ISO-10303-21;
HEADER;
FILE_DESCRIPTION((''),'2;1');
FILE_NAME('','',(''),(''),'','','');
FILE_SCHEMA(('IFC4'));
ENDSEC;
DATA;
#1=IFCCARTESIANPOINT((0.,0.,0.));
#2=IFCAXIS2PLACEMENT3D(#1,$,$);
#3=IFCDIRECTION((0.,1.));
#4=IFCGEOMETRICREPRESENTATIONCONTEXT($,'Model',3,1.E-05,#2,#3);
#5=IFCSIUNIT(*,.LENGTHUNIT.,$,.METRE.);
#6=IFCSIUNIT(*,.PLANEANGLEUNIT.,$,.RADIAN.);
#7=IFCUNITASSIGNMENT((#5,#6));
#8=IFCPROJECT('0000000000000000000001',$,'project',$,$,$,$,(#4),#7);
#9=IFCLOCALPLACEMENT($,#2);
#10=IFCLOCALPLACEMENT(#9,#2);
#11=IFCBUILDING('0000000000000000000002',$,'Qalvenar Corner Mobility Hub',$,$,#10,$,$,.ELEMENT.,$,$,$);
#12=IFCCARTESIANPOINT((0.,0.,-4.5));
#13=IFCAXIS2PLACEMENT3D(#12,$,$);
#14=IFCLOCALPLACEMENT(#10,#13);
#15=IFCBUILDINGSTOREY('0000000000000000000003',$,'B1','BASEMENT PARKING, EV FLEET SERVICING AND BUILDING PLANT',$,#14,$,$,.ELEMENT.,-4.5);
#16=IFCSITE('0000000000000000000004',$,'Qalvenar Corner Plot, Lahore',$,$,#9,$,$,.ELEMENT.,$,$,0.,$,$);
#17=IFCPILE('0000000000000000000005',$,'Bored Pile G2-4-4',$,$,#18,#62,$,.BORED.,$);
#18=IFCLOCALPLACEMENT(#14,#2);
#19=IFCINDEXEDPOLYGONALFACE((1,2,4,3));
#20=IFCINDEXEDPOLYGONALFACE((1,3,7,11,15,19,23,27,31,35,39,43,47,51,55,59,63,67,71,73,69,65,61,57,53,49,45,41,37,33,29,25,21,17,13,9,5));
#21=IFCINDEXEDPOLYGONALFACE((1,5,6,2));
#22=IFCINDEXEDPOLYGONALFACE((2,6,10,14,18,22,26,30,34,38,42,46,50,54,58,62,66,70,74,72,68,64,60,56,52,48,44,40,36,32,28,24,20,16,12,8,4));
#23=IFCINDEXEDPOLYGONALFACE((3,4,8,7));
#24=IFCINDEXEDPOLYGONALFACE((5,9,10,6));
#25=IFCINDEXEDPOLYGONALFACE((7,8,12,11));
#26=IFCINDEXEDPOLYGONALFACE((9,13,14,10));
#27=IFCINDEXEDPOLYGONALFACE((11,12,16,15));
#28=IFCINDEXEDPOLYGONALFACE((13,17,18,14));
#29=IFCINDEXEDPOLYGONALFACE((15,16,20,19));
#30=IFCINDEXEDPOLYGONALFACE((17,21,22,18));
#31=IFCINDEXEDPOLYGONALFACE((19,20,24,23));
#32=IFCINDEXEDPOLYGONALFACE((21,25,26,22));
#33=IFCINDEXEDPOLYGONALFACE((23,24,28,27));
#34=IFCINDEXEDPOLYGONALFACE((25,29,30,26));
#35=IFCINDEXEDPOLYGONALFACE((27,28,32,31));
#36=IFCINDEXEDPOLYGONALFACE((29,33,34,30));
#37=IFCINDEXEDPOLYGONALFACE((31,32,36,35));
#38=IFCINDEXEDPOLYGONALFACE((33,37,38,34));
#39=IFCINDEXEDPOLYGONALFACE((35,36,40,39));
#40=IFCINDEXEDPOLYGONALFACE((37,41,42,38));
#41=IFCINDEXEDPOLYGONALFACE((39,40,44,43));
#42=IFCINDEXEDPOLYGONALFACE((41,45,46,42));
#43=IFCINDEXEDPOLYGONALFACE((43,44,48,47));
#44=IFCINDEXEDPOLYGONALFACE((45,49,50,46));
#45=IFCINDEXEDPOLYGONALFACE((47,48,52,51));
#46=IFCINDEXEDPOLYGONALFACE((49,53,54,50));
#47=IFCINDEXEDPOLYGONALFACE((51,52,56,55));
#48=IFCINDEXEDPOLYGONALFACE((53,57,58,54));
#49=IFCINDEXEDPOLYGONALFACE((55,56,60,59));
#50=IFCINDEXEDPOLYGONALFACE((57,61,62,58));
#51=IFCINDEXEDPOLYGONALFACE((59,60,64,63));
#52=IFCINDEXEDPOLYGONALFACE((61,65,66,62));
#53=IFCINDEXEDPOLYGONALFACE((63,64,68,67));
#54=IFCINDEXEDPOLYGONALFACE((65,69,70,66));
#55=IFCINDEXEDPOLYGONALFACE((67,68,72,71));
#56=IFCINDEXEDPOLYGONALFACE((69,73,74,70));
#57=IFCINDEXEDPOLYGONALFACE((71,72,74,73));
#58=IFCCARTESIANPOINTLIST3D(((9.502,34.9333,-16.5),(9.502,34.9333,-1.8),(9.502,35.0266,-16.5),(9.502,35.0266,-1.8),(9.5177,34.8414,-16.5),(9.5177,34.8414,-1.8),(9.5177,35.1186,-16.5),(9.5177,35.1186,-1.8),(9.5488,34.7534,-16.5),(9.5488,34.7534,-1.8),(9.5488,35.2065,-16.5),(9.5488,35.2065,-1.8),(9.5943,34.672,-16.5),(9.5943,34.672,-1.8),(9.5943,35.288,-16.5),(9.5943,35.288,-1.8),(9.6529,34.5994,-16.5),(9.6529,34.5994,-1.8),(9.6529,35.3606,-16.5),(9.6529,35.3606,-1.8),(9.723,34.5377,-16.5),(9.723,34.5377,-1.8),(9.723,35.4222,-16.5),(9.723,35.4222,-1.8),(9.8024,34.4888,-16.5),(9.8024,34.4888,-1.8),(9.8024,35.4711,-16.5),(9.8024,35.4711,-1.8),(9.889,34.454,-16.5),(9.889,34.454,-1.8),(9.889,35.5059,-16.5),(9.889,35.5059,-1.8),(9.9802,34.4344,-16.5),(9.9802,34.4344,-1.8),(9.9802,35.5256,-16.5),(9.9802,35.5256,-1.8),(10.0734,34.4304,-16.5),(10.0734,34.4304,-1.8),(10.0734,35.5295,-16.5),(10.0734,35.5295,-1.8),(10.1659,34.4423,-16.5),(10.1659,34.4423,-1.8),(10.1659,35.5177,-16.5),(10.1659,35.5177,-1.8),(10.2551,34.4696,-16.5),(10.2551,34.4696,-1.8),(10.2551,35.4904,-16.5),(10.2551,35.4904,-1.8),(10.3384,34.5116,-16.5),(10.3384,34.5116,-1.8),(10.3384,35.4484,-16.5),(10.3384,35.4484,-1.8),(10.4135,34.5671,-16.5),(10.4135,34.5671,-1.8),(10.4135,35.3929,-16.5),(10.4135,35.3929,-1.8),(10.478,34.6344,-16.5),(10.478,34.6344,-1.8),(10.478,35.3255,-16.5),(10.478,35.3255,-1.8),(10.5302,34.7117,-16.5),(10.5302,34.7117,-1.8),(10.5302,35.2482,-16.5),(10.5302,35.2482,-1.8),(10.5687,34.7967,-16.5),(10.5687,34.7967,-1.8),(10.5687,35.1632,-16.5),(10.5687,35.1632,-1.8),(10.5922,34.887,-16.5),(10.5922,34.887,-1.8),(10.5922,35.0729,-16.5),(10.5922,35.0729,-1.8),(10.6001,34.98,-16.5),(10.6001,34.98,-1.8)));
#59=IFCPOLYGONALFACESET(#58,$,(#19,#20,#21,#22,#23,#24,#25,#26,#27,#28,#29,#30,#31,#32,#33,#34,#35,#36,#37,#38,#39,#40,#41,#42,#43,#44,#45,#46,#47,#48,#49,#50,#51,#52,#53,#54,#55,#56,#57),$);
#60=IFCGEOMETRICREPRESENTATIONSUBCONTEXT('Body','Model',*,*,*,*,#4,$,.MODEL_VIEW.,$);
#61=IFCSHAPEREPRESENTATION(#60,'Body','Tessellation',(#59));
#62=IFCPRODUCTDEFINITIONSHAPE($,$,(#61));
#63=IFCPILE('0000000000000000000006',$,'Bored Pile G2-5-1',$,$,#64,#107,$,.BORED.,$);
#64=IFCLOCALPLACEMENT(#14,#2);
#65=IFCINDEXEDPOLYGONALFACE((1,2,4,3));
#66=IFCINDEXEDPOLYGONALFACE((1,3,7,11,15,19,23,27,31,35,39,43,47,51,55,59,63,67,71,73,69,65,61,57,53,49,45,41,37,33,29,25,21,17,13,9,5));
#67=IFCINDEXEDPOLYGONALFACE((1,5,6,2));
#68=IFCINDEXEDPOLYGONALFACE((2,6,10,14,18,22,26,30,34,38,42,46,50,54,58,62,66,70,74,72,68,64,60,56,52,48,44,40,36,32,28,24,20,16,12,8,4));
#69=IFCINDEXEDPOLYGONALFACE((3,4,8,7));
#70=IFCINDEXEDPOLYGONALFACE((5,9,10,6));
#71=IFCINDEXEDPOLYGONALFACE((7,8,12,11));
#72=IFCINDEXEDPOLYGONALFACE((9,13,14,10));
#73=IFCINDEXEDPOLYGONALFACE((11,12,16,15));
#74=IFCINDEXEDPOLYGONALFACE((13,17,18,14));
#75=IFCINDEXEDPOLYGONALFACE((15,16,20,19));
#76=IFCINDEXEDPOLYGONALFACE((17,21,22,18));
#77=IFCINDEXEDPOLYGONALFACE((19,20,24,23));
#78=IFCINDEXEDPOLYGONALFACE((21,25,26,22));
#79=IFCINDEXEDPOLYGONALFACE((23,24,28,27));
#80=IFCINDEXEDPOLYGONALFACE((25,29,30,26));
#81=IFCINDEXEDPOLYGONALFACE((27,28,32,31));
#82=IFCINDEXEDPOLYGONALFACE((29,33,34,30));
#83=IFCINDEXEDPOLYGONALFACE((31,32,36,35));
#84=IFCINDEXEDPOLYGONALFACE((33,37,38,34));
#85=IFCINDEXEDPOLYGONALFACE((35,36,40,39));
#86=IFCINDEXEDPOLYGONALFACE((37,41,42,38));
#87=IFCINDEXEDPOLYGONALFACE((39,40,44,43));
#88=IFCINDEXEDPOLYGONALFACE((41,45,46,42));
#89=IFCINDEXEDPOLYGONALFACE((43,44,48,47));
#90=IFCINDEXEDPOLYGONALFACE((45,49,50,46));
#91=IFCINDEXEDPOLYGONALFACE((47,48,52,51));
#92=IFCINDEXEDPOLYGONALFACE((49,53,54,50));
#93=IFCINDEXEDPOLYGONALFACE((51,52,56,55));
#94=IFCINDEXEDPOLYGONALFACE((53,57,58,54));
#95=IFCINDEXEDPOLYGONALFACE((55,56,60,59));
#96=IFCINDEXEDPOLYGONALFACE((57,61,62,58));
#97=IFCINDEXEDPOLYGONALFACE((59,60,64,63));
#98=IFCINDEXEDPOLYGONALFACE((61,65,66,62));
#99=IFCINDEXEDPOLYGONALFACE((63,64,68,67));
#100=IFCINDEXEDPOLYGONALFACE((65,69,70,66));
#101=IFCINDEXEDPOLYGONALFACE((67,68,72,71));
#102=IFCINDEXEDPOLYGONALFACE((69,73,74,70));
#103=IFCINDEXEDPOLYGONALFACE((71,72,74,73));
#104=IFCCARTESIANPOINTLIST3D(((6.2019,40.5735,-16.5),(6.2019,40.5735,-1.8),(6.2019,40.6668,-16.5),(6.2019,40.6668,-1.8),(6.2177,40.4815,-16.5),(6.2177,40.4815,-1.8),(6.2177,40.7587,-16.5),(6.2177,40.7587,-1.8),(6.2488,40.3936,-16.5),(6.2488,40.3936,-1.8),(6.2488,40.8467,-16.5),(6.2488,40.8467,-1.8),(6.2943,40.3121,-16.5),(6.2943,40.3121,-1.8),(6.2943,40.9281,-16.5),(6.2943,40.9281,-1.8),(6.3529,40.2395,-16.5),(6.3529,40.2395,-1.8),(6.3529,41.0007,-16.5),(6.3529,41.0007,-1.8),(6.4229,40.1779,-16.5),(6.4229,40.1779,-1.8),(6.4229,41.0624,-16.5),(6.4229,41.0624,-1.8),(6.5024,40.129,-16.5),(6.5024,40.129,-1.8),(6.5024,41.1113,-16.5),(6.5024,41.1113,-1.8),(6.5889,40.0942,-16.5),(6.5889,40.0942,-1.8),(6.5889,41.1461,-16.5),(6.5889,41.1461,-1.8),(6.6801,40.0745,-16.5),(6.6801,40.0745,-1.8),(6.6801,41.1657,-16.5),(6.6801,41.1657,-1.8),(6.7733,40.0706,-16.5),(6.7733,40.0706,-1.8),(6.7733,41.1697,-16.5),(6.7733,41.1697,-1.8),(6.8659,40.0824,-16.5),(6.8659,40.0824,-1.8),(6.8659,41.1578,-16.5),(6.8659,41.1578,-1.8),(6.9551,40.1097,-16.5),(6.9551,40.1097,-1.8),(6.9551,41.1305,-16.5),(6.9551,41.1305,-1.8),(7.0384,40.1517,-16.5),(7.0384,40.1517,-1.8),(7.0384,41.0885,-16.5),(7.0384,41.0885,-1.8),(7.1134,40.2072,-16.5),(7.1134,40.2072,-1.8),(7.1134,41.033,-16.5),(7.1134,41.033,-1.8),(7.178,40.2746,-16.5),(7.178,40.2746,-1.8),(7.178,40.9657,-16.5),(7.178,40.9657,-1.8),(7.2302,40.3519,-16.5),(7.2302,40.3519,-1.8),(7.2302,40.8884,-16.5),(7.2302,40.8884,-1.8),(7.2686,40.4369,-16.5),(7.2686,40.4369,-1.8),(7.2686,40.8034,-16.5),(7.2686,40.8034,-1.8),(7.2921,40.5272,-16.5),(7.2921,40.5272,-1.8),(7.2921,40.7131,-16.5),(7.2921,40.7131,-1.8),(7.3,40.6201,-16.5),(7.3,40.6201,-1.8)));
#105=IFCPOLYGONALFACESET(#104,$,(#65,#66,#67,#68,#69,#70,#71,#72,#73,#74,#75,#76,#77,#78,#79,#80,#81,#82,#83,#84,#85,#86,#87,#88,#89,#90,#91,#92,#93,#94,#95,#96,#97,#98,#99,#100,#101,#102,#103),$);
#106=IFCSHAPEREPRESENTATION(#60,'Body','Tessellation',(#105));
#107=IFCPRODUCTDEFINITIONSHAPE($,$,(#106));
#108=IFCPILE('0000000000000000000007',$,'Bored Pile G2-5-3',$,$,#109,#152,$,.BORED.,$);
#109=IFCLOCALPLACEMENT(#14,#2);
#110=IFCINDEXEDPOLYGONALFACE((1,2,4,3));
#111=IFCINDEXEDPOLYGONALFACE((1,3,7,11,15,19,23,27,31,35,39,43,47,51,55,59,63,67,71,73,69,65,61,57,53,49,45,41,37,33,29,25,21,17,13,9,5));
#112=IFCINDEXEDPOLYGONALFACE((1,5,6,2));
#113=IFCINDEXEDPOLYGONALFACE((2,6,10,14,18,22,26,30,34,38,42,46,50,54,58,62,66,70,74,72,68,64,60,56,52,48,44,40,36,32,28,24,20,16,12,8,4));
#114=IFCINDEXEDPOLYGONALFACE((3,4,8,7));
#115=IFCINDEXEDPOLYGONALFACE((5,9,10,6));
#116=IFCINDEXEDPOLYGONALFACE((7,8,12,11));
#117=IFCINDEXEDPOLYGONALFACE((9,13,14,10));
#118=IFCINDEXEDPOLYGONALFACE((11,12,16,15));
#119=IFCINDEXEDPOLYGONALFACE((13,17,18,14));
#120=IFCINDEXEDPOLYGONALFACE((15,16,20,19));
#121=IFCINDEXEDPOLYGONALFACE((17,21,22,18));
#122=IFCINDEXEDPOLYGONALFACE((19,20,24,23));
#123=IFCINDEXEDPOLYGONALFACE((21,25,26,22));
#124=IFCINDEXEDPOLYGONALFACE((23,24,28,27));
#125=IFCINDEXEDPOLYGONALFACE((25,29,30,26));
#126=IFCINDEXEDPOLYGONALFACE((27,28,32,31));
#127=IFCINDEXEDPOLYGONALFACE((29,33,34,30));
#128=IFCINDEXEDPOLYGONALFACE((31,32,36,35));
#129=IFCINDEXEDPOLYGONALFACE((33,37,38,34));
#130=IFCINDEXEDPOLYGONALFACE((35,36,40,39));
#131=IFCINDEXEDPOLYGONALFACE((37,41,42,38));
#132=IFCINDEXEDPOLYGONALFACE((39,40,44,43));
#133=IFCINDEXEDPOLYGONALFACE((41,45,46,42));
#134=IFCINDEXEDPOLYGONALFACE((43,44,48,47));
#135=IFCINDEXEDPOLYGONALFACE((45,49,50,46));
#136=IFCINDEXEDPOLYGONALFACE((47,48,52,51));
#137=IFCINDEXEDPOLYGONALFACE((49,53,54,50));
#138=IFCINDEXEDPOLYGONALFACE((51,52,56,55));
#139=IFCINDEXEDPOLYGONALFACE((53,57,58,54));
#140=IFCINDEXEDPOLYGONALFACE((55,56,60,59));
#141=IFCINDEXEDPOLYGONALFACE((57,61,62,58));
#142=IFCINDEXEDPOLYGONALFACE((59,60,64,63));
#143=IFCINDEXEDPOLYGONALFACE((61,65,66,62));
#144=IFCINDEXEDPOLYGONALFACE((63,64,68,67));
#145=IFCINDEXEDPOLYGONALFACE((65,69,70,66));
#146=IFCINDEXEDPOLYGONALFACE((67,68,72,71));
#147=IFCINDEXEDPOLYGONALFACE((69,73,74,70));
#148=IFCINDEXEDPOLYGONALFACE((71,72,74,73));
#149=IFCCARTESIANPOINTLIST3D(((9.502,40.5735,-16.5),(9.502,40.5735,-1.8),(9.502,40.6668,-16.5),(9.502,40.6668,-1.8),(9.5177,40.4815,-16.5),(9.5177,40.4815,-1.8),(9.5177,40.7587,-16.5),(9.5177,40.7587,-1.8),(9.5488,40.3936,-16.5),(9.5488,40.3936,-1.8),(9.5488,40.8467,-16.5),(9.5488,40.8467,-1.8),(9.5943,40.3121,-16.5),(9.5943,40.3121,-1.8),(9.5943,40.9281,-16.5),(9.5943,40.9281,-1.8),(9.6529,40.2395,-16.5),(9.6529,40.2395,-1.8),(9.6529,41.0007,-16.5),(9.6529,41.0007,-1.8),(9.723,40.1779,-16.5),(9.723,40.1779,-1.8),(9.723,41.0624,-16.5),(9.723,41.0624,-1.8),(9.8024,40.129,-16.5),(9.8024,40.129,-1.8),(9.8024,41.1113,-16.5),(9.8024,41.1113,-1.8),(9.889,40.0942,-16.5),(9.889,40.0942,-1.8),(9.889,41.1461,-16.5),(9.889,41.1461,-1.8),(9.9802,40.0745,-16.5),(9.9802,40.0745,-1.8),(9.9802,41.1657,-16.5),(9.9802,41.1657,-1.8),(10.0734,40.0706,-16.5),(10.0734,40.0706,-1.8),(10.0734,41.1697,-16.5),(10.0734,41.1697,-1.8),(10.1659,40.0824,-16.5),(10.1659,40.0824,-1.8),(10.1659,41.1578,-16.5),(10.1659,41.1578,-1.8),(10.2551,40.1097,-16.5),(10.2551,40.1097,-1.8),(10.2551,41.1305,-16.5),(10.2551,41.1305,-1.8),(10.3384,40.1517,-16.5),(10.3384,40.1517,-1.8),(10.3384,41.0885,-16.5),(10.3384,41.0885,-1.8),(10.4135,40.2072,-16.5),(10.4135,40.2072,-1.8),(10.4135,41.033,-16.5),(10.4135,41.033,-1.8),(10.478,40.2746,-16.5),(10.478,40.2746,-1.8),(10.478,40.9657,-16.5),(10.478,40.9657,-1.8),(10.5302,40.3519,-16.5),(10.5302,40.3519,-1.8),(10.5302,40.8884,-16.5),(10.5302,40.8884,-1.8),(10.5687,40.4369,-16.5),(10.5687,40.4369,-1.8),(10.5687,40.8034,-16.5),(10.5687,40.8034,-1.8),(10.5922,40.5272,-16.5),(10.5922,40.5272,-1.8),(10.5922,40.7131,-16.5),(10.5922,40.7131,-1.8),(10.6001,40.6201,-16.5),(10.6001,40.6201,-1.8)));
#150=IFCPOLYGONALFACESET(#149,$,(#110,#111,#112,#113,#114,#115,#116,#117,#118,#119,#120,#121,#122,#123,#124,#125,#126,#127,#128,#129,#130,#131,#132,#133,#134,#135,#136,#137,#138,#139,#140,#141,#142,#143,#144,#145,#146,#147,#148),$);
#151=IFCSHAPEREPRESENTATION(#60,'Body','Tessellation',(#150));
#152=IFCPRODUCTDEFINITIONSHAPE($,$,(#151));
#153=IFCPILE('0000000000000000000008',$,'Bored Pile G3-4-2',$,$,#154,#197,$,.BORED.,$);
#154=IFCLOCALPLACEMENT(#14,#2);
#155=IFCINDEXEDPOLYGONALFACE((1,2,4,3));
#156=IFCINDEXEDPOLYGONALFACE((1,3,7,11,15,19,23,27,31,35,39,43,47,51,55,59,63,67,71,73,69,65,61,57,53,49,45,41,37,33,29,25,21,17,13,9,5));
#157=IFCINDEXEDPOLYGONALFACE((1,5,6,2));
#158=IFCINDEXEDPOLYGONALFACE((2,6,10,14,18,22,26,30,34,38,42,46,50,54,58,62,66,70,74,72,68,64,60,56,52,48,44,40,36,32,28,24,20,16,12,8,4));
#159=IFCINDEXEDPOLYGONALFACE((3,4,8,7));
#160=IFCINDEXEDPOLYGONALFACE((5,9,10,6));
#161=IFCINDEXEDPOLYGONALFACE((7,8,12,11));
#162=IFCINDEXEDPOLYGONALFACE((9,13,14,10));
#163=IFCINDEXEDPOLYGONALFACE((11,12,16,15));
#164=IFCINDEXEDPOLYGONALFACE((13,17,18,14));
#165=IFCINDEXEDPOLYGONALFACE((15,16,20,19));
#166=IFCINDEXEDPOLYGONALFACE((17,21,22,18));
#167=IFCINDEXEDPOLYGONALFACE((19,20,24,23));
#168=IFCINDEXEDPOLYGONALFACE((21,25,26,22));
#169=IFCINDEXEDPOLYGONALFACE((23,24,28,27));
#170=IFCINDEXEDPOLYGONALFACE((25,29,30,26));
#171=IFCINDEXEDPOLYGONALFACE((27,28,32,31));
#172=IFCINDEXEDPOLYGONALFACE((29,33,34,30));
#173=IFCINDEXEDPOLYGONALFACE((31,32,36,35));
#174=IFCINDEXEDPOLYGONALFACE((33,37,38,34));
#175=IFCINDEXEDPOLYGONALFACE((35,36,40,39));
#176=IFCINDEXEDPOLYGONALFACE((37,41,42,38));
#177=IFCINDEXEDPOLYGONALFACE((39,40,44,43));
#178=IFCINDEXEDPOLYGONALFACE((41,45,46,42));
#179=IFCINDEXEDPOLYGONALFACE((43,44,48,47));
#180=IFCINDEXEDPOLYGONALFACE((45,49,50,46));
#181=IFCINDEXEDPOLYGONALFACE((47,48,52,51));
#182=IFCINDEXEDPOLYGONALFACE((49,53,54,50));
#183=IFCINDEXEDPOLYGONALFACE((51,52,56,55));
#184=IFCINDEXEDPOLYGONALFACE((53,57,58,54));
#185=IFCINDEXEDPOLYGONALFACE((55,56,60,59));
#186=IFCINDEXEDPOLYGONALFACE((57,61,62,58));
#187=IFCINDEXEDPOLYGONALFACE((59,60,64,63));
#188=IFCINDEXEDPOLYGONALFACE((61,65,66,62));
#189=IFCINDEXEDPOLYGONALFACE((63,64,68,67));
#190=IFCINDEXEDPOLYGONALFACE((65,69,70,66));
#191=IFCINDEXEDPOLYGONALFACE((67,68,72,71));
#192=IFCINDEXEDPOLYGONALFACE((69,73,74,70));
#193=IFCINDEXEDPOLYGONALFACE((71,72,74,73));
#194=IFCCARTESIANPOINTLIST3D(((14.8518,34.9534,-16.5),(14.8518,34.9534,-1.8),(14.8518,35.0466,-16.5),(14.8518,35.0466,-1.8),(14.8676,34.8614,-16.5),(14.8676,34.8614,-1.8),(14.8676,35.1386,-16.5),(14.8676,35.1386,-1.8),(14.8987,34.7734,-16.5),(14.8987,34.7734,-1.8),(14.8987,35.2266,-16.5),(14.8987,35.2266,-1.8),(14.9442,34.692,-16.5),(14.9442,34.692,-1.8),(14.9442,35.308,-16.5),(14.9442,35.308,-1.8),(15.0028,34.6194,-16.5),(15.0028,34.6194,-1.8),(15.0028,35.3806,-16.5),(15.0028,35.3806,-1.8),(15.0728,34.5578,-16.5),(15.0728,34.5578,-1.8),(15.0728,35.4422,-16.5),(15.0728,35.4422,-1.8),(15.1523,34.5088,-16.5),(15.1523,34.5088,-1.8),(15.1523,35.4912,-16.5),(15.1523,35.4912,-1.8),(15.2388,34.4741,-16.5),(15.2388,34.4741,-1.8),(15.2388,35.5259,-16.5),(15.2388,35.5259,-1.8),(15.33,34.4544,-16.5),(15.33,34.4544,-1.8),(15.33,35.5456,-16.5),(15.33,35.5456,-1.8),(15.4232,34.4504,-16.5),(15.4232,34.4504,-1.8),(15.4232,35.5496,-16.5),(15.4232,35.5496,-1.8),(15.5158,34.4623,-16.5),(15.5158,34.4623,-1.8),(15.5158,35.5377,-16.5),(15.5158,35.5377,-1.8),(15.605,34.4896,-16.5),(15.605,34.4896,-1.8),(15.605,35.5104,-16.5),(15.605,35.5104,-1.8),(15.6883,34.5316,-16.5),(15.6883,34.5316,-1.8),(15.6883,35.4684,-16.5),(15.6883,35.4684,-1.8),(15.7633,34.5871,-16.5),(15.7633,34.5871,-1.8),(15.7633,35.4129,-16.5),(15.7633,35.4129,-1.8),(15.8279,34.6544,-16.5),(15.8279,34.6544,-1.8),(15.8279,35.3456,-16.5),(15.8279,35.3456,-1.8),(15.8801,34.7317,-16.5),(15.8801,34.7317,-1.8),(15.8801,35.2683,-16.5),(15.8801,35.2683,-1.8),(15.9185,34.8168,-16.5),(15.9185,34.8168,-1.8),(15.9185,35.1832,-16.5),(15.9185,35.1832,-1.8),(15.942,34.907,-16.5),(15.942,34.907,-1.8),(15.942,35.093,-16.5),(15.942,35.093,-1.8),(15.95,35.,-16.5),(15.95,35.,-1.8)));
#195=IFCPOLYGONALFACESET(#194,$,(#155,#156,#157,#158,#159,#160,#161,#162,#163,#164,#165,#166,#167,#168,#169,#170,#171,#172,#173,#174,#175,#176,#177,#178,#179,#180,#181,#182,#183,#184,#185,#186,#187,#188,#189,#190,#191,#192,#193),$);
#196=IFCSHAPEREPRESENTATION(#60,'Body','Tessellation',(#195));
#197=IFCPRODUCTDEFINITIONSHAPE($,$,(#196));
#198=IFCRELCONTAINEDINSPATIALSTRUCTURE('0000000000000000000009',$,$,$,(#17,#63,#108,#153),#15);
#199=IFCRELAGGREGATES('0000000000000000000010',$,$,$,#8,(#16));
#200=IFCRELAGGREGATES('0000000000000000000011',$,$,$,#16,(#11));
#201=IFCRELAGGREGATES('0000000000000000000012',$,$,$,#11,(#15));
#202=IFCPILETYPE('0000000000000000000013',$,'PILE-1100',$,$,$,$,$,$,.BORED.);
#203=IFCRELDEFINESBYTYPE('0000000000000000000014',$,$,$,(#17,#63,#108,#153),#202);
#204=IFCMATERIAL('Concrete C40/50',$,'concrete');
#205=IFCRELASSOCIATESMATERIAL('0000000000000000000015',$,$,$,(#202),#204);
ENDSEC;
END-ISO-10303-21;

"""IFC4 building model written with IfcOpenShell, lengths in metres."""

from ifc_helpers import new_model, si_unit, direction, frame, origin, origin_2d, place, context, subcontext, project, spatial, circle, extrude, material, material_profile, profile_set, type_object, element, save


model = new_model("IFC4")

# Units and contexts
model_context = context("Model", 3, precision=1e-05, world=origin(), true_north=direction((0.0, 1.0)))
body_context = subcontext(model_context, "Body", "Model", "MODEL_VIEW")
ifc_project = project(units=[si_unit("LENGTHUNIT", "METRE"), si_unit("PLANEANGLEUNIT", "RADIAN")], contexts=[model_context])

# Site, building, storey
site_placement = place(None, origin())
site = spatial("IfcSite", under=ifc_project, at=site_placement, Name="Qalvenar Corner Plot, Lahore", CompositionType="ELEMENT", RefElevation=0.0)
building_placement = place(site_placement, origin())
building = spatial("IfcBuilding", under=site, at=building_placement, Name="Qalvenar Corner Mobility Hub", CompositionType="ELEMENT")
storey_placement = place(building_placement, frame((0.0, 0.0, -4.5)))
storey = spatial("IfcBuildingStorey", under=building, at=storey_placement, Name="B1", Description="BASEMENT PARKING, EV FLEET SERVICING AND BUILDING PLANT", CompositionType="ELEMENT", Elevation=-4.5)

# Shared definitions
ifc_material_1 = material(Name="Concrete C40/50", Category="concrete")

# Piles
ifc_material_profile_1 = material_profile(ifc_material_1, circle(Radius=0.55, at=origin_2d()), Name="DIA1100")
ifc_profile_set_1 = profile_set([ifc_material_profile_1], Name="Concrete C40/50")
pile_type = type_object("IfcPileType", Name="PILE-1100", PredefinedType="BORED", material=ifc_profile_set_1)
for number, where, z_axis, x_axis, name in (
    (1, (10.05, 34.98, -1.8), (0.0, 0.0, -1.0), (1.0, 0.0, 0.0), "Bored Pile G2-4-4"),
    (2, (6.75, 40.6201, -1.8), (0.0, 0.0, -1.0), (1.0, 0.0, 0.0), "Bored Pile G2-5-1"),
    (3, (10.05, 40.6201, -1.8), (0.0, 0.0, -1.0), (1.0, 0.0, 0.0), "Bored Pile G2-5-3"),
    (4, (15.3999, 35.0, -1.8), (0.0, 0.0, -1.0), (1.0, 0.0, 0.0), "Bored Pile G3-4-2"),
):
    element("IfcPile", number, at=place(storey_placement, frame(where, z_axis=z_axis, x_axis=x_axis)), inside=storey, type_object=pile_type, Name=name, PredefinedType="BORED", context=body_context, shape_type="SweptSolid", body=[
        extrude(circle(Radius=0.55, at=origin_2d()), origin(), (0.0, 0.0, 1.0), 14.7),
    ])

save(model, "model.ifc")
